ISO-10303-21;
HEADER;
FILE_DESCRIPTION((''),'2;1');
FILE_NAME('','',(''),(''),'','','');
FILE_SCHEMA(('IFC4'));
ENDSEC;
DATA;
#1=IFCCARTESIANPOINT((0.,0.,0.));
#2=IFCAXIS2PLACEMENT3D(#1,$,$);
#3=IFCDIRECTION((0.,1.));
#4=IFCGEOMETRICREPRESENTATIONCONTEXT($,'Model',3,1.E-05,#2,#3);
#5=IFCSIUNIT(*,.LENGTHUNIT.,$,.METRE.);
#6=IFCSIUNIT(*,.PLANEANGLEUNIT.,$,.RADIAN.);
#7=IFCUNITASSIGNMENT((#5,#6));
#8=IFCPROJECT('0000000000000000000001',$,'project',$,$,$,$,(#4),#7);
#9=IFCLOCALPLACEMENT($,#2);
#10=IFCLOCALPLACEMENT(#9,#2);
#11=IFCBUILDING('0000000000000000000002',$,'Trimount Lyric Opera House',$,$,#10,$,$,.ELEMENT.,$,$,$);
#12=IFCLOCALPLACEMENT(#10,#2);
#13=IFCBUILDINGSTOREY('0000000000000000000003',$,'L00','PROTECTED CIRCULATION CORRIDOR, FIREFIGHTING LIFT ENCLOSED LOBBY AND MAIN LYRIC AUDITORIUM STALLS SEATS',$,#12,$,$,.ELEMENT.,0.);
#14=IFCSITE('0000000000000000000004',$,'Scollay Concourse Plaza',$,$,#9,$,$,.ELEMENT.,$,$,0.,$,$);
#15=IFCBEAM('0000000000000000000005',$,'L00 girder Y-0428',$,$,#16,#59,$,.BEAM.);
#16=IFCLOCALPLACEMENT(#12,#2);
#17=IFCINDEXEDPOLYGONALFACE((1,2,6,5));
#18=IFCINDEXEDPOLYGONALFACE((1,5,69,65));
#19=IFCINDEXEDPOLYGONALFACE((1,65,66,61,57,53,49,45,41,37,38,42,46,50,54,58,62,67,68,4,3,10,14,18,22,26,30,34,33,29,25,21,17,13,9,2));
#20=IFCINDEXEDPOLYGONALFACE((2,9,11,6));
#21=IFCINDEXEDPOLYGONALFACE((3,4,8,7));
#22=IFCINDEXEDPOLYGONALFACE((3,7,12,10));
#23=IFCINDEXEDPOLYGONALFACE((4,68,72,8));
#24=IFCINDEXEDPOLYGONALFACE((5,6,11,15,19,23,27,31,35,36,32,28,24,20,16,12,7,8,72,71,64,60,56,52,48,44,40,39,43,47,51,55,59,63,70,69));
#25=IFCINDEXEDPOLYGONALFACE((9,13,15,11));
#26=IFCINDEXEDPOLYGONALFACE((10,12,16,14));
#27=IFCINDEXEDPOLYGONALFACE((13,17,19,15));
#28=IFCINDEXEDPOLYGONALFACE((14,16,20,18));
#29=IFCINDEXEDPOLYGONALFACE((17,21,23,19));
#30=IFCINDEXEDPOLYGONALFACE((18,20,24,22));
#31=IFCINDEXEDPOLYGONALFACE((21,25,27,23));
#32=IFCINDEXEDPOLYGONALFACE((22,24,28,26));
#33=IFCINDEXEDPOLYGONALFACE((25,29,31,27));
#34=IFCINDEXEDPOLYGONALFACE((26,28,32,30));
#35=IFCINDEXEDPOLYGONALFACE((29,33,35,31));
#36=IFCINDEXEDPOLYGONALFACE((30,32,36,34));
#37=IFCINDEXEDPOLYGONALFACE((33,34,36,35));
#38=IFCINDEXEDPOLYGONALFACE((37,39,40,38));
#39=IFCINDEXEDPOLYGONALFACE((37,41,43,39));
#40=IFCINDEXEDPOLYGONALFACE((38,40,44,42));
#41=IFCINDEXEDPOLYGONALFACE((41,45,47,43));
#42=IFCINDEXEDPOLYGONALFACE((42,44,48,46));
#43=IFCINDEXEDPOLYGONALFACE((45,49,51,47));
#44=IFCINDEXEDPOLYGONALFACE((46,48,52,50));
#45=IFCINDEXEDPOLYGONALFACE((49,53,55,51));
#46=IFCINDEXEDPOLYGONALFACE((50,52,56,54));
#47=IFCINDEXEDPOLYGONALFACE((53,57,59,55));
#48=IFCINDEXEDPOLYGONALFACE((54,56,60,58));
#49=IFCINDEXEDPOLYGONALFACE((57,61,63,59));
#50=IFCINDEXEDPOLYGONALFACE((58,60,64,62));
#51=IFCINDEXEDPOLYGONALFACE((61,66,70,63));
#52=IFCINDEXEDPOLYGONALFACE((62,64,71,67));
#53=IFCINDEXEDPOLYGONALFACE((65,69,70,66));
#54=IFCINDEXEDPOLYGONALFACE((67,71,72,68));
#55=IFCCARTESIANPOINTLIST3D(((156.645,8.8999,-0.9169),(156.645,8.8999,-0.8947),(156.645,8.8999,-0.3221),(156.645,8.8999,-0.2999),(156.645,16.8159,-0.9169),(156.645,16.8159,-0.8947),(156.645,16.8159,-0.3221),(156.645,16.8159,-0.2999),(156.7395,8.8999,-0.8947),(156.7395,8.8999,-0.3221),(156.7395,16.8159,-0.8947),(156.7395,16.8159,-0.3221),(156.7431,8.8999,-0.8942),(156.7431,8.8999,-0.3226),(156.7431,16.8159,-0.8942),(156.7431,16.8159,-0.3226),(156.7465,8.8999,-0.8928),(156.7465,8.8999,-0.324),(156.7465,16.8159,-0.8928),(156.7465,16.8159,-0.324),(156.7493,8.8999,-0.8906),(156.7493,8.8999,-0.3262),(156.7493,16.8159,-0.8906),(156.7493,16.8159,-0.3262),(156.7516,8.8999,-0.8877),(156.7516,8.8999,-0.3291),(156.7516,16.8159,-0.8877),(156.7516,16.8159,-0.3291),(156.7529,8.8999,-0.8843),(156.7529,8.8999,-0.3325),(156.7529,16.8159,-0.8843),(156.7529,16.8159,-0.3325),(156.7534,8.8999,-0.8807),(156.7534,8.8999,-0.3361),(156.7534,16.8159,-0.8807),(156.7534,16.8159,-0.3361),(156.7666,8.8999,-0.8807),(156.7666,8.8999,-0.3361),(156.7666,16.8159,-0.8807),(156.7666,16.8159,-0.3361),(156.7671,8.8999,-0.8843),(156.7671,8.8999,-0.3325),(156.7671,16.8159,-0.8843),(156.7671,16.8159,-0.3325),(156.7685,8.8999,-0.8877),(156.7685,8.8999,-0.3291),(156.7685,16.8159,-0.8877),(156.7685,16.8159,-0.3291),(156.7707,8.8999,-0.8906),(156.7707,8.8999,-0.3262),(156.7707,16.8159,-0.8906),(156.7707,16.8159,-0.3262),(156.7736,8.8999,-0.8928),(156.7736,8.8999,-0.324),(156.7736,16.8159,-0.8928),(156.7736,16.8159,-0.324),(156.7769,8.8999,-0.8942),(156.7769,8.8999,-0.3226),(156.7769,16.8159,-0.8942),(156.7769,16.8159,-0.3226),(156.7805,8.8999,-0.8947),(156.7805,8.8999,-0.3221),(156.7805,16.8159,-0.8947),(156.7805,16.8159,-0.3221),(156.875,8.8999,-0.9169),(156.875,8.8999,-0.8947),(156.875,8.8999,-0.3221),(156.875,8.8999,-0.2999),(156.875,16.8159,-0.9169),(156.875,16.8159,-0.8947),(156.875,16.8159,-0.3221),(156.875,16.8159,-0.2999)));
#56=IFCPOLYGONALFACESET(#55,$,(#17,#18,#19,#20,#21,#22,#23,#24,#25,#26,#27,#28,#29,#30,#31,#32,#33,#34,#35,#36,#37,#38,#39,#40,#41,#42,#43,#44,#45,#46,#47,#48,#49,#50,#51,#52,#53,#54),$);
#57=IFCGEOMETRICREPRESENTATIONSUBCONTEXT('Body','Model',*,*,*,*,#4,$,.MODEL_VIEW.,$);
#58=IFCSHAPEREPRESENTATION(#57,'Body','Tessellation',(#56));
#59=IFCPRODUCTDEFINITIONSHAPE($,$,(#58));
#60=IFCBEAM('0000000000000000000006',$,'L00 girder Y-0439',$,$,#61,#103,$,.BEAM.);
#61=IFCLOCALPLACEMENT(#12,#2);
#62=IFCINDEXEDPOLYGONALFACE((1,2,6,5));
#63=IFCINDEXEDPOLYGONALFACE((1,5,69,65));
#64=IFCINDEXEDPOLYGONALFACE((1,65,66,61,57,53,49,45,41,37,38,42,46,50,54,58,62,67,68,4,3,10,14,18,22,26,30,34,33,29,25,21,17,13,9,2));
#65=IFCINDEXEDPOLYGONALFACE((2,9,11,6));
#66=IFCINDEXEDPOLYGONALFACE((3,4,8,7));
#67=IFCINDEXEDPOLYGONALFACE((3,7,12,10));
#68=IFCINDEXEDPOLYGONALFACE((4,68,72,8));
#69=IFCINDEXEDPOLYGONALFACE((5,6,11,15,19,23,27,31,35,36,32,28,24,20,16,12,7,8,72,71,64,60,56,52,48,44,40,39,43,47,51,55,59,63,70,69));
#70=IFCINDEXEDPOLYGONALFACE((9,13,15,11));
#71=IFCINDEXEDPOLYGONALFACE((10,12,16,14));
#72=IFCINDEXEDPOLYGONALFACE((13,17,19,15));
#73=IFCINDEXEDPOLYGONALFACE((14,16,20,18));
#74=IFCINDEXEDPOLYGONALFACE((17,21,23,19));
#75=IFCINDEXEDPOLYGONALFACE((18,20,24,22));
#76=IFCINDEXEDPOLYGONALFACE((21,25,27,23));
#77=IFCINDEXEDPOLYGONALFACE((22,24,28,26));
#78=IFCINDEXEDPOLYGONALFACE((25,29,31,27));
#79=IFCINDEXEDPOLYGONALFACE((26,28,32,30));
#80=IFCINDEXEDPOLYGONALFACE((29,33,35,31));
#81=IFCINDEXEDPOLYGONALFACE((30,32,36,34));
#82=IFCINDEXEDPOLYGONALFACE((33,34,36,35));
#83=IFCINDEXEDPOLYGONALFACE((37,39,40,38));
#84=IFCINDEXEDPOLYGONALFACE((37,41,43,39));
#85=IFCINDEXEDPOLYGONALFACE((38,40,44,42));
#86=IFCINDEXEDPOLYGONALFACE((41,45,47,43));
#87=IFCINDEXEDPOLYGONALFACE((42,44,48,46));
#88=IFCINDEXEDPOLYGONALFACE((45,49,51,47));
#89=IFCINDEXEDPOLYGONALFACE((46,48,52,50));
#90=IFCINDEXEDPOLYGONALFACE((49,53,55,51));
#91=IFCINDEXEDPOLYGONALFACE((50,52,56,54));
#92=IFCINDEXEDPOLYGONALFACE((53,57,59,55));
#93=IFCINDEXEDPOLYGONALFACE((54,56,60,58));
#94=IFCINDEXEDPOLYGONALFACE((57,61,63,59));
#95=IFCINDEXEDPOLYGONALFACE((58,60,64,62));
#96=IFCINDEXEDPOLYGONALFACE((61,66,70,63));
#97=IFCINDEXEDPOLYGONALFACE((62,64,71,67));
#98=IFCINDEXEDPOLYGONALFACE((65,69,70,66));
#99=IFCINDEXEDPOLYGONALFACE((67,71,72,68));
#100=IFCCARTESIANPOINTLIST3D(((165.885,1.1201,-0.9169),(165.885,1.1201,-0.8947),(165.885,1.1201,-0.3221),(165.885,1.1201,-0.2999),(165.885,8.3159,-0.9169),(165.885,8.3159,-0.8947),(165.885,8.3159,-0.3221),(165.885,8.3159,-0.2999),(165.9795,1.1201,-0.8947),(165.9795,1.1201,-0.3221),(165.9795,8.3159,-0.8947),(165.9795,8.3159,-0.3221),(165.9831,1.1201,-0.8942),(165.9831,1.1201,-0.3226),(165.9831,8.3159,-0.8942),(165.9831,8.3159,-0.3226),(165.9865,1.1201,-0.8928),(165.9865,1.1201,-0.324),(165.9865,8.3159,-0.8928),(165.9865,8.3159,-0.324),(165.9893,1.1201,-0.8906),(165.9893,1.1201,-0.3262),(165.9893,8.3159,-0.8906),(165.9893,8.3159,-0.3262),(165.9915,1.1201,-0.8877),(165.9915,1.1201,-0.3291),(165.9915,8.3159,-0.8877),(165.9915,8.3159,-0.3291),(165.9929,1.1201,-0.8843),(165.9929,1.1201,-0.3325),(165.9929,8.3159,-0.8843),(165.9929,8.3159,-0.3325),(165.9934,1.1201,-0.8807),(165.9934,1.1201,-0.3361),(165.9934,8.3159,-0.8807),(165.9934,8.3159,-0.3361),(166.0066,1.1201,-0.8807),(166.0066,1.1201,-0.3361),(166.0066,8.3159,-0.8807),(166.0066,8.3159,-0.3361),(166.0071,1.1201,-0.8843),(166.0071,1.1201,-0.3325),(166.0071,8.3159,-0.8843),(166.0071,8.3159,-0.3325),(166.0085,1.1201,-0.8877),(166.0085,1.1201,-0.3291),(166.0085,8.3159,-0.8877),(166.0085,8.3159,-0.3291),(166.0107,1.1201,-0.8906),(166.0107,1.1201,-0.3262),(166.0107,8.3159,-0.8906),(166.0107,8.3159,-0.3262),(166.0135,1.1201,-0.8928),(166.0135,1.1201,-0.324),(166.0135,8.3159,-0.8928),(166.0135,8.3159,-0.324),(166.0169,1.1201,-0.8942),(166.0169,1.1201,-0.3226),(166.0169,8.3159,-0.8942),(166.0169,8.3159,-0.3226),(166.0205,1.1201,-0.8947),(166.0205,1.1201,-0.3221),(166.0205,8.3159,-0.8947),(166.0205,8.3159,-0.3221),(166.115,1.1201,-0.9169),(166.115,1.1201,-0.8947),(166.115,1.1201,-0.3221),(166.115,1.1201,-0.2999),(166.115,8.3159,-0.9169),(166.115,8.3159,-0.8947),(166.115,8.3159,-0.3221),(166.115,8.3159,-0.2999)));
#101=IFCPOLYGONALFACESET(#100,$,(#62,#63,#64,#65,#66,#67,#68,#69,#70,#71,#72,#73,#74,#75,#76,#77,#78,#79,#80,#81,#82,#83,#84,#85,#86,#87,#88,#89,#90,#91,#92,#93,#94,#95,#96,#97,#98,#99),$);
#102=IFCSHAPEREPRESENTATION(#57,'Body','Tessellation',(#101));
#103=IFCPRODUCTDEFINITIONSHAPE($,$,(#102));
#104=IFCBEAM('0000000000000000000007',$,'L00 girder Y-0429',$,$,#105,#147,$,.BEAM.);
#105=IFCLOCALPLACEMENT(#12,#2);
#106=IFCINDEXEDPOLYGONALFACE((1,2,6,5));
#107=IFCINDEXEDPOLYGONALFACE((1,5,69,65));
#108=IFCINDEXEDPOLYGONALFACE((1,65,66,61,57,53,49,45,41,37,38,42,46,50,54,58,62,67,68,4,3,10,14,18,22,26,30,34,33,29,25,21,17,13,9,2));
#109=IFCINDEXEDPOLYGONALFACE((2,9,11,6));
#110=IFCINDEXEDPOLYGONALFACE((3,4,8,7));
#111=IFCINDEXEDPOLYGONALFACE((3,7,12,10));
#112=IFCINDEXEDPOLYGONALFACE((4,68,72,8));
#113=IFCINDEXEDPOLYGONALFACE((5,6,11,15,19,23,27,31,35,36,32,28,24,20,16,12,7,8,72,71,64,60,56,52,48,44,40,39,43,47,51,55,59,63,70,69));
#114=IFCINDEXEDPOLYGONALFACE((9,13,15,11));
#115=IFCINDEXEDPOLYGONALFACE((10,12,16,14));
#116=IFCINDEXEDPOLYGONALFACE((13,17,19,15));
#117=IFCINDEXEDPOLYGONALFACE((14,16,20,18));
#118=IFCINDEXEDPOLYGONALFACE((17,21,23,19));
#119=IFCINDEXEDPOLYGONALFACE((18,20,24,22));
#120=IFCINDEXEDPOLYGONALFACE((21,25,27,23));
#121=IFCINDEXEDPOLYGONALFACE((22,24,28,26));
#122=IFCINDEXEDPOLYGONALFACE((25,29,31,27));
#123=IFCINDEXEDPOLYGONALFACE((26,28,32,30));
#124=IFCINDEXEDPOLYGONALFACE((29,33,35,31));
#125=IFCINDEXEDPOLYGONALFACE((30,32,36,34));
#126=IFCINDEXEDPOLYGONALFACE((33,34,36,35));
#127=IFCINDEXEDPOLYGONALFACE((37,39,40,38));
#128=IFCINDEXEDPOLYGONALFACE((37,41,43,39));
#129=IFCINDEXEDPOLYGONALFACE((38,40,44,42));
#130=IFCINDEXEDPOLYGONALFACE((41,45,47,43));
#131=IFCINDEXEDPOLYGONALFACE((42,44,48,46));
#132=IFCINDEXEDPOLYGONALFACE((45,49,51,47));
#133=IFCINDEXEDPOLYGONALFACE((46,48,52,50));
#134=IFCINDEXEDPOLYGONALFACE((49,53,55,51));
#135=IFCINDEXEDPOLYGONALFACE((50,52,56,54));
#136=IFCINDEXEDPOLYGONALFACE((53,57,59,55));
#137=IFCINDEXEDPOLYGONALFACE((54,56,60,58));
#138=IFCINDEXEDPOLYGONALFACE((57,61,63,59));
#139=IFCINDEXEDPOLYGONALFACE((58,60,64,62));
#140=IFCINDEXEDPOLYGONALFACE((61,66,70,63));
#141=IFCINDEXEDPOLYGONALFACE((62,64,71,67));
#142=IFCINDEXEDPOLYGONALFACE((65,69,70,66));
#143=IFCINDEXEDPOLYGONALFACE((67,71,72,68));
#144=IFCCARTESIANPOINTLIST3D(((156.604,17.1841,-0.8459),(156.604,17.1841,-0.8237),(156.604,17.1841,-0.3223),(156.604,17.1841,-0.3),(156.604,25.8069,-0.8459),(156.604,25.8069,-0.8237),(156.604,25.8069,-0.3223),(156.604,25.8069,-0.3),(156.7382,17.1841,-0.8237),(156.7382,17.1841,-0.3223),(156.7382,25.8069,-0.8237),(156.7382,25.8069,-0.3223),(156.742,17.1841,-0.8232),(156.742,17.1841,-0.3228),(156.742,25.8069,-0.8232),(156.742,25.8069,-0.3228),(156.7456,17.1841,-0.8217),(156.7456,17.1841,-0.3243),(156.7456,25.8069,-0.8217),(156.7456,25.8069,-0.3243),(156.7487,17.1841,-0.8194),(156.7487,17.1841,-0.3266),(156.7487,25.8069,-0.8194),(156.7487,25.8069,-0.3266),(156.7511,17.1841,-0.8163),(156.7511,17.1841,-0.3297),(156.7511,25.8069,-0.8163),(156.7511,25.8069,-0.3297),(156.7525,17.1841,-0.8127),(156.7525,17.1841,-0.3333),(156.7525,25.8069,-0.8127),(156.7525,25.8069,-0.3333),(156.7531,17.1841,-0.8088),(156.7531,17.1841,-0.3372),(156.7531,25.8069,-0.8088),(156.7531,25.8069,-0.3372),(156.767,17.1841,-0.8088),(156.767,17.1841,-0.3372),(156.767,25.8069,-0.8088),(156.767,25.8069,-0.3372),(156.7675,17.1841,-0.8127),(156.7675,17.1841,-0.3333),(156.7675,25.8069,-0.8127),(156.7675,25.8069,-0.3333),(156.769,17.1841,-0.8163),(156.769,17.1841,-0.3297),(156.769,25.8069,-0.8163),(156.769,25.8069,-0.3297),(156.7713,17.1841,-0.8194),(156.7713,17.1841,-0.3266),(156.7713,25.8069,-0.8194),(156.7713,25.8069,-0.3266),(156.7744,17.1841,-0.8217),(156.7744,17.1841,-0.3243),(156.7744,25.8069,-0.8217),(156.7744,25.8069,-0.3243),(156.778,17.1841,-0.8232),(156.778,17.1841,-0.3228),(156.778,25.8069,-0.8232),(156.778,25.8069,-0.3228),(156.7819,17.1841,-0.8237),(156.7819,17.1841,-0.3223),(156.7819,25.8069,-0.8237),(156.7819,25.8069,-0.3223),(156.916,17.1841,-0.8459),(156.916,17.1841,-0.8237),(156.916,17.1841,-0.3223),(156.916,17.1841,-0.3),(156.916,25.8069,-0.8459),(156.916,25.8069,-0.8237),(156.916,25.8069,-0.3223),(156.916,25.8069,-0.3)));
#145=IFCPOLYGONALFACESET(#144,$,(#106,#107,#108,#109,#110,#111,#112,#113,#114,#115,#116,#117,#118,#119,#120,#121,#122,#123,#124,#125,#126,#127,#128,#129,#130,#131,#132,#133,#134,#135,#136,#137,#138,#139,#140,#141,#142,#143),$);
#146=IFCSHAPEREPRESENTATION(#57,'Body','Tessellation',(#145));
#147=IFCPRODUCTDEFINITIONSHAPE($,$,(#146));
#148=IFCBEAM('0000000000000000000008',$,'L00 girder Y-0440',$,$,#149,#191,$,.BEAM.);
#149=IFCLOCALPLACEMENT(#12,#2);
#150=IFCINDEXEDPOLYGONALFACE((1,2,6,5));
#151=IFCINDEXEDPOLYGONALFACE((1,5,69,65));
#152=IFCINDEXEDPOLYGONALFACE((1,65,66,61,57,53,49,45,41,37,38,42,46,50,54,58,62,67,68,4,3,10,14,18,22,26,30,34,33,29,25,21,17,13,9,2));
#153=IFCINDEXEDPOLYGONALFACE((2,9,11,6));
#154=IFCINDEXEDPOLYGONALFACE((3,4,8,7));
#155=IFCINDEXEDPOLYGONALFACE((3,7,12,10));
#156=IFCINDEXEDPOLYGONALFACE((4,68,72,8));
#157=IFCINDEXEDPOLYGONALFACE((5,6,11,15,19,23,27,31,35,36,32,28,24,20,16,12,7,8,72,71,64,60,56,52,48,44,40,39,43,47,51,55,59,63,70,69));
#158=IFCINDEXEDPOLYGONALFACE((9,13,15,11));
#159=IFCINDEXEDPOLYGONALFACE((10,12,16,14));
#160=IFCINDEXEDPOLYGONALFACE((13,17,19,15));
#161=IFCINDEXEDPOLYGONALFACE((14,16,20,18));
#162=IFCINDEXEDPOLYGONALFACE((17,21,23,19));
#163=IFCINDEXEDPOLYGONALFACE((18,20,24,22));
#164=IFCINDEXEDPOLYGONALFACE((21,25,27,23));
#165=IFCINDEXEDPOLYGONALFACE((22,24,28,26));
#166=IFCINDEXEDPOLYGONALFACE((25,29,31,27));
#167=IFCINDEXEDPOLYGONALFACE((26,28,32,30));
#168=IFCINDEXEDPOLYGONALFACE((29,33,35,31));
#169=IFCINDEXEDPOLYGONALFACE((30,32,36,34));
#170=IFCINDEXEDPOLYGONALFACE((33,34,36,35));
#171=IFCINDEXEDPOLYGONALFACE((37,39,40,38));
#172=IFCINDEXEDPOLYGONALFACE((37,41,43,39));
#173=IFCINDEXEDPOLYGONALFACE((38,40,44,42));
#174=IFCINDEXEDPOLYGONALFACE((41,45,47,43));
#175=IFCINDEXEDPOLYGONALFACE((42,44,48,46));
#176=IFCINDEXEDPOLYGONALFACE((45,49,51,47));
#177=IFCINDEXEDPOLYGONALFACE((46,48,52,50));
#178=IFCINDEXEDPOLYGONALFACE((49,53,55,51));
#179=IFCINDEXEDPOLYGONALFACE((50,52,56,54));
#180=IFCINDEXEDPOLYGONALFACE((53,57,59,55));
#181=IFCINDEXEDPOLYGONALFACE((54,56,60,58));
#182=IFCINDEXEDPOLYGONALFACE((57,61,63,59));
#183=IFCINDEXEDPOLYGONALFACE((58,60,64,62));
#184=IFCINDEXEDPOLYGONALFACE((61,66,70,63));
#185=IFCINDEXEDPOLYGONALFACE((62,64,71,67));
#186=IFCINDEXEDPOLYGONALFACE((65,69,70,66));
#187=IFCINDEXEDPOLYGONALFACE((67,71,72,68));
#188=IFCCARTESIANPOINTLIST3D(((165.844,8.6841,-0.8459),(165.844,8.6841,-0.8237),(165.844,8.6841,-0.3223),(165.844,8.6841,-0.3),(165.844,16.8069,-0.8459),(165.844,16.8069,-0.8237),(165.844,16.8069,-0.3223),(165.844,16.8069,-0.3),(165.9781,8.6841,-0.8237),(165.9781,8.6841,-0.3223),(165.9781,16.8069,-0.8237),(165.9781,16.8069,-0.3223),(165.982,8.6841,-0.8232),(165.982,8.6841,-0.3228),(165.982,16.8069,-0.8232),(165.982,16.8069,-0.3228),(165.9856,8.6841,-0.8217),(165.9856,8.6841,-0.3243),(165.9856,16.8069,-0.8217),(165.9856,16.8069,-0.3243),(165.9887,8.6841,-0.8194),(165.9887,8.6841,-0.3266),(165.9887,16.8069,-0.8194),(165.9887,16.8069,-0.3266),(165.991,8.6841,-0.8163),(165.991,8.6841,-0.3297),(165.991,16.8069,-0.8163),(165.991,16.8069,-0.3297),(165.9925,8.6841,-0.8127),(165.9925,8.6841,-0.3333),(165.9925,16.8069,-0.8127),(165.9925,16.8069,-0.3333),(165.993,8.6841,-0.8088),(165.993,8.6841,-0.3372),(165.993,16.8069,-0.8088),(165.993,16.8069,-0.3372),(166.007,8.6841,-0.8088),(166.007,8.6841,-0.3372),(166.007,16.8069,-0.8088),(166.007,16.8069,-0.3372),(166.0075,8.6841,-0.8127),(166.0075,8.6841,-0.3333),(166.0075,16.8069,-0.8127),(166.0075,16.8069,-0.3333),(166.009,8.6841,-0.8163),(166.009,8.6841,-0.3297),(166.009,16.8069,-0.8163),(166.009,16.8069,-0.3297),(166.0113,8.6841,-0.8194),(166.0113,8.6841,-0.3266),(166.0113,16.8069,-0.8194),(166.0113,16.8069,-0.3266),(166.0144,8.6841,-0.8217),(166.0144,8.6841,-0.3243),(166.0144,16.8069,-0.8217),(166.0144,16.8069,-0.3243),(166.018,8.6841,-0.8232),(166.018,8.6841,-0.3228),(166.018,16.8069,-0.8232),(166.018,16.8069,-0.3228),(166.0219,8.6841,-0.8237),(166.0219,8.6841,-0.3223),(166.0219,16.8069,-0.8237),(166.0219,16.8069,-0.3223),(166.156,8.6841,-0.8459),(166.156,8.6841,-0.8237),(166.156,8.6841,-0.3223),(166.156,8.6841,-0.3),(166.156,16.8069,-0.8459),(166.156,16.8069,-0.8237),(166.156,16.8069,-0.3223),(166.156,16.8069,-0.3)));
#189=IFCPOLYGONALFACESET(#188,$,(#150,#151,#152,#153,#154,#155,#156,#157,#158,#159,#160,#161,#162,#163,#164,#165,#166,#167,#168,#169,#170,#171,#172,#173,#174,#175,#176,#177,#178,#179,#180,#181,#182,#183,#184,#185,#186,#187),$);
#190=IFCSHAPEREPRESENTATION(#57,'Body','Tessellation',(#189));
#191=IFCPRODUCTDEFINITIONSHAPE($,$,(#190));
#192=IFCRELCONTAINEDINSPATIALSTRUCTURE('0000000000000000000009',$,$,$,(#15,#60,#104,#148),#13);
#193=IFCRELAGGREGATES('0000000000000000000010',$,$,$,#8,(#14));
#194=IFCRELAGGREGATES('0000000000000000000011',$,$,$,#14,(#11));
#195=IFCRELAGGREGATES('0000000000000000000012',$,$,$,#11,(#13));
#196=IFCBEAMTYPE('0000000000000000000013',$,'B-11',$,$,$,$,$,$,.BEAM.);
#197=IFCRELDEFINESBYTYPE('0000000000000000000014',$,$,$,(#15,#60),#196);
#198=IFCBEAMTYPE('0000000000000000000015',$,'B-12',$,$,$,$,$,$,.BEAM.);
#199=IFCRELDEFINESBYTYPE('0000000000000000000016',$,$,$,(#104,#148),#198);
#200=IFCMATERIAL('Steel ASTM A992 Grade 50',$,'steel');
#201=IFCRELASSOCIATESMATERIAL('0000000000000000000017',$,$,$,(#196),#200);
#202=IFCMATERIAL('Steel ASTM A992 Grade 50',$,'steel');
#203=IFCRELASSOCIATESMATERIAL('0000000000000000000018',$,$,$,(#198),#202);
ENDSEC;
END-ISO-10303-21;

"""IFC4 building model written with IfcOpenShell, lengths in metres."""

from ifc_helpers import new_model, si_unit, direction, frame, origin, origin_2d, place, context, subcontext, project, spatial, i_section, extrude, material, material_profile, profile_set, type_object, element, save


model = new_model("IFC4")

# Units and contexts
model_context = context("Model", 3, precision=1e-05, world=origin(), true_north=direction((0.0, 1.0)))
body_context = subcontext(model_context, "Body", "Model", "MODEL_VIEW")
ifc_project = project(units=[si_unit("LENGTHUNIT", "METRE"), si_unit("PLANEANGLEUNIT", "RADIAN")], contexts=[model_context])

# Site, building, storey
site_placement = place(None, origin())
site = spatial("IfcSite", under=ifc_project, at=site_placement, Name="Scollay Concourse Plaza", CompositionType="ELEMENT", RefElevation=0.0)
building_placement = place(site_placement, origin())
building = spatial("IfcBuilding", under=site, at=building_placement, Name="Trimount Lyric Opera House", CompositionType="ELEMENT")
storey_placement = place(building_placement, origin())
storey = spatial("IfcBuildingStorey", under=building, at=storey_placement, Name="L00", Description="PROTECTED CIRCULATION CORRIDOR, FIREFIGHTING LIFT ENCLOSED LOBBY AND MAIN LYRIC AUDITORIUM STALLS SEATS", CompositionType="ELEMENT", Elevation=0.0)

# Beams
ifc_material_1 = material(Name="Steel ASTM A992 Grade 50", Category="steel")
ifc_material_profile_1 = material_profile(ifc_material_1, i_section(OverallWidth=0.23, OverallDepth=0.6169, WebThickness=0.0132, FlangeThickness=0.0222, FilletRadius=0.0139, at=origin_2d()), Name="W24X94")
ifc_profile_set_1 = profile_set([ifc_material_profile_1], Name="Steel ASTM A992 Grade 50")
beam_type_1 = type_object("IfcBeamType", Name="B-11", PredefinedType="BEAM", material=ifc_profile_set_1)
beam_1_placement = place(storey_placement, frame((156.76, 8.8999, -0.6084), z_axis=(0.0, 1.0, 0.0), x_axis=(-1.0, 0.0, 0.0)))
element("IfcBeam", 1, at=beam_1_placement, inside=storey, type_object=beam_type_1, Name="L00 girder Y-0428", PredefinedType="BEAM", context=body_context, shape_type="SweptSolid", body=[
    extrude(i_section(OverallWidth=0.23, OverallDepth=0.6169, WebThickness=0.0132, FlangeThickness=0.0222, FilletRadius=0.0139, at=origin_2d()), origin(), (0.0, 0.0, 1.0), 7.916),
])
beam_2_placement = place(storey_placement, frame((166.0, 1.1201, -0.6084), z_axis=(0.0, 1.0, 0.0), x_axis=(-1.0, 0.0, 0.0)))
element("IfcBeam", 2, at=beam_2_placement, inside=storey, type_object=beam_type_1, Name="L00 girder Y-0439", PredefinedType="BEAM", context=body_context, shape_type="SweptSolid", body=[
    extrude(i_section(OverallWidth=0.23, OverallDepth=0.6169, WebThickness=0.0132, FlangeThickness=0.0222, FilletRadius=0.0139, at=origin_2d()), origin(), (0.0, 0.0, 1.0), 7.1958),
])
ifc_material_2 = material(Name="Steel ASTM A992 Grade 50", Category="steel")
ifc_material_profile_2 = material_profile(ifc_material_2, i_section(OverallWidth=0.312, OverallDepth=0.5459, WebThickness=0.0139, FlangeThickness=0.0222, FilletRadius=0.0149, at=origin_2d()), Name="W21X111")
ifc_profile_set_2 = profile_set([ifc_material_profile_2], Name="Steel ASTM A992 Grade 50")
beam_type_2 = type_object("IfcBeamType", Name="B-12", PredefinedType="BEAM", material=ifc_profile_set_2)
beam_3_placement = place(storey_placement, frame((156.76, 17.1841, -0.573), z_axis=(0.0, 1.0, 0.0), x_axis=(-1.0, 0.0, 0.0)))
element("IfcBeam", 3, at=beam_3_placement, inside=storey, type_object=beam_type_2, Name="L00 girder Y-0429", PredefinedType="BEAM", context=body_context, shape_type="SweptSolid", body=[
    extrude(i_section(OverallWidth=0.312, OverallDepth=0.5459, WebThickness=0.0139, FlangeThickness=0.0222, FilletRadius=0.0149, at=origin_2d()), origin(), (0.0, 0.0, 1.0), 8.6228),
])
beam_4_placement = place(storey_placement, frame((166.0, 8.6841, -0.573), z_axis=(0.0, 1.0, 0.0), x_axis=(-1.0, 0.0, 0.0)))
element("IfcBeam", 4, at=beam_4_placement, inside=storey, type_object=beam_type_2, Name="L00 girder Y-0440", PredefinedType="BEAM", context=body_context, shape_type="SweptSolid", body=[
    extrude(i_section(OverallWidth=0.312, OverallDepth=0.5459, WebThickness=0.0139, FlangeThickness=0.0222, FilletRadius=0.0149, at=origin_2d()), origin(), (0.0, 0.0, 1.0), 8.1228),
])

save(model, "model.ifc")
